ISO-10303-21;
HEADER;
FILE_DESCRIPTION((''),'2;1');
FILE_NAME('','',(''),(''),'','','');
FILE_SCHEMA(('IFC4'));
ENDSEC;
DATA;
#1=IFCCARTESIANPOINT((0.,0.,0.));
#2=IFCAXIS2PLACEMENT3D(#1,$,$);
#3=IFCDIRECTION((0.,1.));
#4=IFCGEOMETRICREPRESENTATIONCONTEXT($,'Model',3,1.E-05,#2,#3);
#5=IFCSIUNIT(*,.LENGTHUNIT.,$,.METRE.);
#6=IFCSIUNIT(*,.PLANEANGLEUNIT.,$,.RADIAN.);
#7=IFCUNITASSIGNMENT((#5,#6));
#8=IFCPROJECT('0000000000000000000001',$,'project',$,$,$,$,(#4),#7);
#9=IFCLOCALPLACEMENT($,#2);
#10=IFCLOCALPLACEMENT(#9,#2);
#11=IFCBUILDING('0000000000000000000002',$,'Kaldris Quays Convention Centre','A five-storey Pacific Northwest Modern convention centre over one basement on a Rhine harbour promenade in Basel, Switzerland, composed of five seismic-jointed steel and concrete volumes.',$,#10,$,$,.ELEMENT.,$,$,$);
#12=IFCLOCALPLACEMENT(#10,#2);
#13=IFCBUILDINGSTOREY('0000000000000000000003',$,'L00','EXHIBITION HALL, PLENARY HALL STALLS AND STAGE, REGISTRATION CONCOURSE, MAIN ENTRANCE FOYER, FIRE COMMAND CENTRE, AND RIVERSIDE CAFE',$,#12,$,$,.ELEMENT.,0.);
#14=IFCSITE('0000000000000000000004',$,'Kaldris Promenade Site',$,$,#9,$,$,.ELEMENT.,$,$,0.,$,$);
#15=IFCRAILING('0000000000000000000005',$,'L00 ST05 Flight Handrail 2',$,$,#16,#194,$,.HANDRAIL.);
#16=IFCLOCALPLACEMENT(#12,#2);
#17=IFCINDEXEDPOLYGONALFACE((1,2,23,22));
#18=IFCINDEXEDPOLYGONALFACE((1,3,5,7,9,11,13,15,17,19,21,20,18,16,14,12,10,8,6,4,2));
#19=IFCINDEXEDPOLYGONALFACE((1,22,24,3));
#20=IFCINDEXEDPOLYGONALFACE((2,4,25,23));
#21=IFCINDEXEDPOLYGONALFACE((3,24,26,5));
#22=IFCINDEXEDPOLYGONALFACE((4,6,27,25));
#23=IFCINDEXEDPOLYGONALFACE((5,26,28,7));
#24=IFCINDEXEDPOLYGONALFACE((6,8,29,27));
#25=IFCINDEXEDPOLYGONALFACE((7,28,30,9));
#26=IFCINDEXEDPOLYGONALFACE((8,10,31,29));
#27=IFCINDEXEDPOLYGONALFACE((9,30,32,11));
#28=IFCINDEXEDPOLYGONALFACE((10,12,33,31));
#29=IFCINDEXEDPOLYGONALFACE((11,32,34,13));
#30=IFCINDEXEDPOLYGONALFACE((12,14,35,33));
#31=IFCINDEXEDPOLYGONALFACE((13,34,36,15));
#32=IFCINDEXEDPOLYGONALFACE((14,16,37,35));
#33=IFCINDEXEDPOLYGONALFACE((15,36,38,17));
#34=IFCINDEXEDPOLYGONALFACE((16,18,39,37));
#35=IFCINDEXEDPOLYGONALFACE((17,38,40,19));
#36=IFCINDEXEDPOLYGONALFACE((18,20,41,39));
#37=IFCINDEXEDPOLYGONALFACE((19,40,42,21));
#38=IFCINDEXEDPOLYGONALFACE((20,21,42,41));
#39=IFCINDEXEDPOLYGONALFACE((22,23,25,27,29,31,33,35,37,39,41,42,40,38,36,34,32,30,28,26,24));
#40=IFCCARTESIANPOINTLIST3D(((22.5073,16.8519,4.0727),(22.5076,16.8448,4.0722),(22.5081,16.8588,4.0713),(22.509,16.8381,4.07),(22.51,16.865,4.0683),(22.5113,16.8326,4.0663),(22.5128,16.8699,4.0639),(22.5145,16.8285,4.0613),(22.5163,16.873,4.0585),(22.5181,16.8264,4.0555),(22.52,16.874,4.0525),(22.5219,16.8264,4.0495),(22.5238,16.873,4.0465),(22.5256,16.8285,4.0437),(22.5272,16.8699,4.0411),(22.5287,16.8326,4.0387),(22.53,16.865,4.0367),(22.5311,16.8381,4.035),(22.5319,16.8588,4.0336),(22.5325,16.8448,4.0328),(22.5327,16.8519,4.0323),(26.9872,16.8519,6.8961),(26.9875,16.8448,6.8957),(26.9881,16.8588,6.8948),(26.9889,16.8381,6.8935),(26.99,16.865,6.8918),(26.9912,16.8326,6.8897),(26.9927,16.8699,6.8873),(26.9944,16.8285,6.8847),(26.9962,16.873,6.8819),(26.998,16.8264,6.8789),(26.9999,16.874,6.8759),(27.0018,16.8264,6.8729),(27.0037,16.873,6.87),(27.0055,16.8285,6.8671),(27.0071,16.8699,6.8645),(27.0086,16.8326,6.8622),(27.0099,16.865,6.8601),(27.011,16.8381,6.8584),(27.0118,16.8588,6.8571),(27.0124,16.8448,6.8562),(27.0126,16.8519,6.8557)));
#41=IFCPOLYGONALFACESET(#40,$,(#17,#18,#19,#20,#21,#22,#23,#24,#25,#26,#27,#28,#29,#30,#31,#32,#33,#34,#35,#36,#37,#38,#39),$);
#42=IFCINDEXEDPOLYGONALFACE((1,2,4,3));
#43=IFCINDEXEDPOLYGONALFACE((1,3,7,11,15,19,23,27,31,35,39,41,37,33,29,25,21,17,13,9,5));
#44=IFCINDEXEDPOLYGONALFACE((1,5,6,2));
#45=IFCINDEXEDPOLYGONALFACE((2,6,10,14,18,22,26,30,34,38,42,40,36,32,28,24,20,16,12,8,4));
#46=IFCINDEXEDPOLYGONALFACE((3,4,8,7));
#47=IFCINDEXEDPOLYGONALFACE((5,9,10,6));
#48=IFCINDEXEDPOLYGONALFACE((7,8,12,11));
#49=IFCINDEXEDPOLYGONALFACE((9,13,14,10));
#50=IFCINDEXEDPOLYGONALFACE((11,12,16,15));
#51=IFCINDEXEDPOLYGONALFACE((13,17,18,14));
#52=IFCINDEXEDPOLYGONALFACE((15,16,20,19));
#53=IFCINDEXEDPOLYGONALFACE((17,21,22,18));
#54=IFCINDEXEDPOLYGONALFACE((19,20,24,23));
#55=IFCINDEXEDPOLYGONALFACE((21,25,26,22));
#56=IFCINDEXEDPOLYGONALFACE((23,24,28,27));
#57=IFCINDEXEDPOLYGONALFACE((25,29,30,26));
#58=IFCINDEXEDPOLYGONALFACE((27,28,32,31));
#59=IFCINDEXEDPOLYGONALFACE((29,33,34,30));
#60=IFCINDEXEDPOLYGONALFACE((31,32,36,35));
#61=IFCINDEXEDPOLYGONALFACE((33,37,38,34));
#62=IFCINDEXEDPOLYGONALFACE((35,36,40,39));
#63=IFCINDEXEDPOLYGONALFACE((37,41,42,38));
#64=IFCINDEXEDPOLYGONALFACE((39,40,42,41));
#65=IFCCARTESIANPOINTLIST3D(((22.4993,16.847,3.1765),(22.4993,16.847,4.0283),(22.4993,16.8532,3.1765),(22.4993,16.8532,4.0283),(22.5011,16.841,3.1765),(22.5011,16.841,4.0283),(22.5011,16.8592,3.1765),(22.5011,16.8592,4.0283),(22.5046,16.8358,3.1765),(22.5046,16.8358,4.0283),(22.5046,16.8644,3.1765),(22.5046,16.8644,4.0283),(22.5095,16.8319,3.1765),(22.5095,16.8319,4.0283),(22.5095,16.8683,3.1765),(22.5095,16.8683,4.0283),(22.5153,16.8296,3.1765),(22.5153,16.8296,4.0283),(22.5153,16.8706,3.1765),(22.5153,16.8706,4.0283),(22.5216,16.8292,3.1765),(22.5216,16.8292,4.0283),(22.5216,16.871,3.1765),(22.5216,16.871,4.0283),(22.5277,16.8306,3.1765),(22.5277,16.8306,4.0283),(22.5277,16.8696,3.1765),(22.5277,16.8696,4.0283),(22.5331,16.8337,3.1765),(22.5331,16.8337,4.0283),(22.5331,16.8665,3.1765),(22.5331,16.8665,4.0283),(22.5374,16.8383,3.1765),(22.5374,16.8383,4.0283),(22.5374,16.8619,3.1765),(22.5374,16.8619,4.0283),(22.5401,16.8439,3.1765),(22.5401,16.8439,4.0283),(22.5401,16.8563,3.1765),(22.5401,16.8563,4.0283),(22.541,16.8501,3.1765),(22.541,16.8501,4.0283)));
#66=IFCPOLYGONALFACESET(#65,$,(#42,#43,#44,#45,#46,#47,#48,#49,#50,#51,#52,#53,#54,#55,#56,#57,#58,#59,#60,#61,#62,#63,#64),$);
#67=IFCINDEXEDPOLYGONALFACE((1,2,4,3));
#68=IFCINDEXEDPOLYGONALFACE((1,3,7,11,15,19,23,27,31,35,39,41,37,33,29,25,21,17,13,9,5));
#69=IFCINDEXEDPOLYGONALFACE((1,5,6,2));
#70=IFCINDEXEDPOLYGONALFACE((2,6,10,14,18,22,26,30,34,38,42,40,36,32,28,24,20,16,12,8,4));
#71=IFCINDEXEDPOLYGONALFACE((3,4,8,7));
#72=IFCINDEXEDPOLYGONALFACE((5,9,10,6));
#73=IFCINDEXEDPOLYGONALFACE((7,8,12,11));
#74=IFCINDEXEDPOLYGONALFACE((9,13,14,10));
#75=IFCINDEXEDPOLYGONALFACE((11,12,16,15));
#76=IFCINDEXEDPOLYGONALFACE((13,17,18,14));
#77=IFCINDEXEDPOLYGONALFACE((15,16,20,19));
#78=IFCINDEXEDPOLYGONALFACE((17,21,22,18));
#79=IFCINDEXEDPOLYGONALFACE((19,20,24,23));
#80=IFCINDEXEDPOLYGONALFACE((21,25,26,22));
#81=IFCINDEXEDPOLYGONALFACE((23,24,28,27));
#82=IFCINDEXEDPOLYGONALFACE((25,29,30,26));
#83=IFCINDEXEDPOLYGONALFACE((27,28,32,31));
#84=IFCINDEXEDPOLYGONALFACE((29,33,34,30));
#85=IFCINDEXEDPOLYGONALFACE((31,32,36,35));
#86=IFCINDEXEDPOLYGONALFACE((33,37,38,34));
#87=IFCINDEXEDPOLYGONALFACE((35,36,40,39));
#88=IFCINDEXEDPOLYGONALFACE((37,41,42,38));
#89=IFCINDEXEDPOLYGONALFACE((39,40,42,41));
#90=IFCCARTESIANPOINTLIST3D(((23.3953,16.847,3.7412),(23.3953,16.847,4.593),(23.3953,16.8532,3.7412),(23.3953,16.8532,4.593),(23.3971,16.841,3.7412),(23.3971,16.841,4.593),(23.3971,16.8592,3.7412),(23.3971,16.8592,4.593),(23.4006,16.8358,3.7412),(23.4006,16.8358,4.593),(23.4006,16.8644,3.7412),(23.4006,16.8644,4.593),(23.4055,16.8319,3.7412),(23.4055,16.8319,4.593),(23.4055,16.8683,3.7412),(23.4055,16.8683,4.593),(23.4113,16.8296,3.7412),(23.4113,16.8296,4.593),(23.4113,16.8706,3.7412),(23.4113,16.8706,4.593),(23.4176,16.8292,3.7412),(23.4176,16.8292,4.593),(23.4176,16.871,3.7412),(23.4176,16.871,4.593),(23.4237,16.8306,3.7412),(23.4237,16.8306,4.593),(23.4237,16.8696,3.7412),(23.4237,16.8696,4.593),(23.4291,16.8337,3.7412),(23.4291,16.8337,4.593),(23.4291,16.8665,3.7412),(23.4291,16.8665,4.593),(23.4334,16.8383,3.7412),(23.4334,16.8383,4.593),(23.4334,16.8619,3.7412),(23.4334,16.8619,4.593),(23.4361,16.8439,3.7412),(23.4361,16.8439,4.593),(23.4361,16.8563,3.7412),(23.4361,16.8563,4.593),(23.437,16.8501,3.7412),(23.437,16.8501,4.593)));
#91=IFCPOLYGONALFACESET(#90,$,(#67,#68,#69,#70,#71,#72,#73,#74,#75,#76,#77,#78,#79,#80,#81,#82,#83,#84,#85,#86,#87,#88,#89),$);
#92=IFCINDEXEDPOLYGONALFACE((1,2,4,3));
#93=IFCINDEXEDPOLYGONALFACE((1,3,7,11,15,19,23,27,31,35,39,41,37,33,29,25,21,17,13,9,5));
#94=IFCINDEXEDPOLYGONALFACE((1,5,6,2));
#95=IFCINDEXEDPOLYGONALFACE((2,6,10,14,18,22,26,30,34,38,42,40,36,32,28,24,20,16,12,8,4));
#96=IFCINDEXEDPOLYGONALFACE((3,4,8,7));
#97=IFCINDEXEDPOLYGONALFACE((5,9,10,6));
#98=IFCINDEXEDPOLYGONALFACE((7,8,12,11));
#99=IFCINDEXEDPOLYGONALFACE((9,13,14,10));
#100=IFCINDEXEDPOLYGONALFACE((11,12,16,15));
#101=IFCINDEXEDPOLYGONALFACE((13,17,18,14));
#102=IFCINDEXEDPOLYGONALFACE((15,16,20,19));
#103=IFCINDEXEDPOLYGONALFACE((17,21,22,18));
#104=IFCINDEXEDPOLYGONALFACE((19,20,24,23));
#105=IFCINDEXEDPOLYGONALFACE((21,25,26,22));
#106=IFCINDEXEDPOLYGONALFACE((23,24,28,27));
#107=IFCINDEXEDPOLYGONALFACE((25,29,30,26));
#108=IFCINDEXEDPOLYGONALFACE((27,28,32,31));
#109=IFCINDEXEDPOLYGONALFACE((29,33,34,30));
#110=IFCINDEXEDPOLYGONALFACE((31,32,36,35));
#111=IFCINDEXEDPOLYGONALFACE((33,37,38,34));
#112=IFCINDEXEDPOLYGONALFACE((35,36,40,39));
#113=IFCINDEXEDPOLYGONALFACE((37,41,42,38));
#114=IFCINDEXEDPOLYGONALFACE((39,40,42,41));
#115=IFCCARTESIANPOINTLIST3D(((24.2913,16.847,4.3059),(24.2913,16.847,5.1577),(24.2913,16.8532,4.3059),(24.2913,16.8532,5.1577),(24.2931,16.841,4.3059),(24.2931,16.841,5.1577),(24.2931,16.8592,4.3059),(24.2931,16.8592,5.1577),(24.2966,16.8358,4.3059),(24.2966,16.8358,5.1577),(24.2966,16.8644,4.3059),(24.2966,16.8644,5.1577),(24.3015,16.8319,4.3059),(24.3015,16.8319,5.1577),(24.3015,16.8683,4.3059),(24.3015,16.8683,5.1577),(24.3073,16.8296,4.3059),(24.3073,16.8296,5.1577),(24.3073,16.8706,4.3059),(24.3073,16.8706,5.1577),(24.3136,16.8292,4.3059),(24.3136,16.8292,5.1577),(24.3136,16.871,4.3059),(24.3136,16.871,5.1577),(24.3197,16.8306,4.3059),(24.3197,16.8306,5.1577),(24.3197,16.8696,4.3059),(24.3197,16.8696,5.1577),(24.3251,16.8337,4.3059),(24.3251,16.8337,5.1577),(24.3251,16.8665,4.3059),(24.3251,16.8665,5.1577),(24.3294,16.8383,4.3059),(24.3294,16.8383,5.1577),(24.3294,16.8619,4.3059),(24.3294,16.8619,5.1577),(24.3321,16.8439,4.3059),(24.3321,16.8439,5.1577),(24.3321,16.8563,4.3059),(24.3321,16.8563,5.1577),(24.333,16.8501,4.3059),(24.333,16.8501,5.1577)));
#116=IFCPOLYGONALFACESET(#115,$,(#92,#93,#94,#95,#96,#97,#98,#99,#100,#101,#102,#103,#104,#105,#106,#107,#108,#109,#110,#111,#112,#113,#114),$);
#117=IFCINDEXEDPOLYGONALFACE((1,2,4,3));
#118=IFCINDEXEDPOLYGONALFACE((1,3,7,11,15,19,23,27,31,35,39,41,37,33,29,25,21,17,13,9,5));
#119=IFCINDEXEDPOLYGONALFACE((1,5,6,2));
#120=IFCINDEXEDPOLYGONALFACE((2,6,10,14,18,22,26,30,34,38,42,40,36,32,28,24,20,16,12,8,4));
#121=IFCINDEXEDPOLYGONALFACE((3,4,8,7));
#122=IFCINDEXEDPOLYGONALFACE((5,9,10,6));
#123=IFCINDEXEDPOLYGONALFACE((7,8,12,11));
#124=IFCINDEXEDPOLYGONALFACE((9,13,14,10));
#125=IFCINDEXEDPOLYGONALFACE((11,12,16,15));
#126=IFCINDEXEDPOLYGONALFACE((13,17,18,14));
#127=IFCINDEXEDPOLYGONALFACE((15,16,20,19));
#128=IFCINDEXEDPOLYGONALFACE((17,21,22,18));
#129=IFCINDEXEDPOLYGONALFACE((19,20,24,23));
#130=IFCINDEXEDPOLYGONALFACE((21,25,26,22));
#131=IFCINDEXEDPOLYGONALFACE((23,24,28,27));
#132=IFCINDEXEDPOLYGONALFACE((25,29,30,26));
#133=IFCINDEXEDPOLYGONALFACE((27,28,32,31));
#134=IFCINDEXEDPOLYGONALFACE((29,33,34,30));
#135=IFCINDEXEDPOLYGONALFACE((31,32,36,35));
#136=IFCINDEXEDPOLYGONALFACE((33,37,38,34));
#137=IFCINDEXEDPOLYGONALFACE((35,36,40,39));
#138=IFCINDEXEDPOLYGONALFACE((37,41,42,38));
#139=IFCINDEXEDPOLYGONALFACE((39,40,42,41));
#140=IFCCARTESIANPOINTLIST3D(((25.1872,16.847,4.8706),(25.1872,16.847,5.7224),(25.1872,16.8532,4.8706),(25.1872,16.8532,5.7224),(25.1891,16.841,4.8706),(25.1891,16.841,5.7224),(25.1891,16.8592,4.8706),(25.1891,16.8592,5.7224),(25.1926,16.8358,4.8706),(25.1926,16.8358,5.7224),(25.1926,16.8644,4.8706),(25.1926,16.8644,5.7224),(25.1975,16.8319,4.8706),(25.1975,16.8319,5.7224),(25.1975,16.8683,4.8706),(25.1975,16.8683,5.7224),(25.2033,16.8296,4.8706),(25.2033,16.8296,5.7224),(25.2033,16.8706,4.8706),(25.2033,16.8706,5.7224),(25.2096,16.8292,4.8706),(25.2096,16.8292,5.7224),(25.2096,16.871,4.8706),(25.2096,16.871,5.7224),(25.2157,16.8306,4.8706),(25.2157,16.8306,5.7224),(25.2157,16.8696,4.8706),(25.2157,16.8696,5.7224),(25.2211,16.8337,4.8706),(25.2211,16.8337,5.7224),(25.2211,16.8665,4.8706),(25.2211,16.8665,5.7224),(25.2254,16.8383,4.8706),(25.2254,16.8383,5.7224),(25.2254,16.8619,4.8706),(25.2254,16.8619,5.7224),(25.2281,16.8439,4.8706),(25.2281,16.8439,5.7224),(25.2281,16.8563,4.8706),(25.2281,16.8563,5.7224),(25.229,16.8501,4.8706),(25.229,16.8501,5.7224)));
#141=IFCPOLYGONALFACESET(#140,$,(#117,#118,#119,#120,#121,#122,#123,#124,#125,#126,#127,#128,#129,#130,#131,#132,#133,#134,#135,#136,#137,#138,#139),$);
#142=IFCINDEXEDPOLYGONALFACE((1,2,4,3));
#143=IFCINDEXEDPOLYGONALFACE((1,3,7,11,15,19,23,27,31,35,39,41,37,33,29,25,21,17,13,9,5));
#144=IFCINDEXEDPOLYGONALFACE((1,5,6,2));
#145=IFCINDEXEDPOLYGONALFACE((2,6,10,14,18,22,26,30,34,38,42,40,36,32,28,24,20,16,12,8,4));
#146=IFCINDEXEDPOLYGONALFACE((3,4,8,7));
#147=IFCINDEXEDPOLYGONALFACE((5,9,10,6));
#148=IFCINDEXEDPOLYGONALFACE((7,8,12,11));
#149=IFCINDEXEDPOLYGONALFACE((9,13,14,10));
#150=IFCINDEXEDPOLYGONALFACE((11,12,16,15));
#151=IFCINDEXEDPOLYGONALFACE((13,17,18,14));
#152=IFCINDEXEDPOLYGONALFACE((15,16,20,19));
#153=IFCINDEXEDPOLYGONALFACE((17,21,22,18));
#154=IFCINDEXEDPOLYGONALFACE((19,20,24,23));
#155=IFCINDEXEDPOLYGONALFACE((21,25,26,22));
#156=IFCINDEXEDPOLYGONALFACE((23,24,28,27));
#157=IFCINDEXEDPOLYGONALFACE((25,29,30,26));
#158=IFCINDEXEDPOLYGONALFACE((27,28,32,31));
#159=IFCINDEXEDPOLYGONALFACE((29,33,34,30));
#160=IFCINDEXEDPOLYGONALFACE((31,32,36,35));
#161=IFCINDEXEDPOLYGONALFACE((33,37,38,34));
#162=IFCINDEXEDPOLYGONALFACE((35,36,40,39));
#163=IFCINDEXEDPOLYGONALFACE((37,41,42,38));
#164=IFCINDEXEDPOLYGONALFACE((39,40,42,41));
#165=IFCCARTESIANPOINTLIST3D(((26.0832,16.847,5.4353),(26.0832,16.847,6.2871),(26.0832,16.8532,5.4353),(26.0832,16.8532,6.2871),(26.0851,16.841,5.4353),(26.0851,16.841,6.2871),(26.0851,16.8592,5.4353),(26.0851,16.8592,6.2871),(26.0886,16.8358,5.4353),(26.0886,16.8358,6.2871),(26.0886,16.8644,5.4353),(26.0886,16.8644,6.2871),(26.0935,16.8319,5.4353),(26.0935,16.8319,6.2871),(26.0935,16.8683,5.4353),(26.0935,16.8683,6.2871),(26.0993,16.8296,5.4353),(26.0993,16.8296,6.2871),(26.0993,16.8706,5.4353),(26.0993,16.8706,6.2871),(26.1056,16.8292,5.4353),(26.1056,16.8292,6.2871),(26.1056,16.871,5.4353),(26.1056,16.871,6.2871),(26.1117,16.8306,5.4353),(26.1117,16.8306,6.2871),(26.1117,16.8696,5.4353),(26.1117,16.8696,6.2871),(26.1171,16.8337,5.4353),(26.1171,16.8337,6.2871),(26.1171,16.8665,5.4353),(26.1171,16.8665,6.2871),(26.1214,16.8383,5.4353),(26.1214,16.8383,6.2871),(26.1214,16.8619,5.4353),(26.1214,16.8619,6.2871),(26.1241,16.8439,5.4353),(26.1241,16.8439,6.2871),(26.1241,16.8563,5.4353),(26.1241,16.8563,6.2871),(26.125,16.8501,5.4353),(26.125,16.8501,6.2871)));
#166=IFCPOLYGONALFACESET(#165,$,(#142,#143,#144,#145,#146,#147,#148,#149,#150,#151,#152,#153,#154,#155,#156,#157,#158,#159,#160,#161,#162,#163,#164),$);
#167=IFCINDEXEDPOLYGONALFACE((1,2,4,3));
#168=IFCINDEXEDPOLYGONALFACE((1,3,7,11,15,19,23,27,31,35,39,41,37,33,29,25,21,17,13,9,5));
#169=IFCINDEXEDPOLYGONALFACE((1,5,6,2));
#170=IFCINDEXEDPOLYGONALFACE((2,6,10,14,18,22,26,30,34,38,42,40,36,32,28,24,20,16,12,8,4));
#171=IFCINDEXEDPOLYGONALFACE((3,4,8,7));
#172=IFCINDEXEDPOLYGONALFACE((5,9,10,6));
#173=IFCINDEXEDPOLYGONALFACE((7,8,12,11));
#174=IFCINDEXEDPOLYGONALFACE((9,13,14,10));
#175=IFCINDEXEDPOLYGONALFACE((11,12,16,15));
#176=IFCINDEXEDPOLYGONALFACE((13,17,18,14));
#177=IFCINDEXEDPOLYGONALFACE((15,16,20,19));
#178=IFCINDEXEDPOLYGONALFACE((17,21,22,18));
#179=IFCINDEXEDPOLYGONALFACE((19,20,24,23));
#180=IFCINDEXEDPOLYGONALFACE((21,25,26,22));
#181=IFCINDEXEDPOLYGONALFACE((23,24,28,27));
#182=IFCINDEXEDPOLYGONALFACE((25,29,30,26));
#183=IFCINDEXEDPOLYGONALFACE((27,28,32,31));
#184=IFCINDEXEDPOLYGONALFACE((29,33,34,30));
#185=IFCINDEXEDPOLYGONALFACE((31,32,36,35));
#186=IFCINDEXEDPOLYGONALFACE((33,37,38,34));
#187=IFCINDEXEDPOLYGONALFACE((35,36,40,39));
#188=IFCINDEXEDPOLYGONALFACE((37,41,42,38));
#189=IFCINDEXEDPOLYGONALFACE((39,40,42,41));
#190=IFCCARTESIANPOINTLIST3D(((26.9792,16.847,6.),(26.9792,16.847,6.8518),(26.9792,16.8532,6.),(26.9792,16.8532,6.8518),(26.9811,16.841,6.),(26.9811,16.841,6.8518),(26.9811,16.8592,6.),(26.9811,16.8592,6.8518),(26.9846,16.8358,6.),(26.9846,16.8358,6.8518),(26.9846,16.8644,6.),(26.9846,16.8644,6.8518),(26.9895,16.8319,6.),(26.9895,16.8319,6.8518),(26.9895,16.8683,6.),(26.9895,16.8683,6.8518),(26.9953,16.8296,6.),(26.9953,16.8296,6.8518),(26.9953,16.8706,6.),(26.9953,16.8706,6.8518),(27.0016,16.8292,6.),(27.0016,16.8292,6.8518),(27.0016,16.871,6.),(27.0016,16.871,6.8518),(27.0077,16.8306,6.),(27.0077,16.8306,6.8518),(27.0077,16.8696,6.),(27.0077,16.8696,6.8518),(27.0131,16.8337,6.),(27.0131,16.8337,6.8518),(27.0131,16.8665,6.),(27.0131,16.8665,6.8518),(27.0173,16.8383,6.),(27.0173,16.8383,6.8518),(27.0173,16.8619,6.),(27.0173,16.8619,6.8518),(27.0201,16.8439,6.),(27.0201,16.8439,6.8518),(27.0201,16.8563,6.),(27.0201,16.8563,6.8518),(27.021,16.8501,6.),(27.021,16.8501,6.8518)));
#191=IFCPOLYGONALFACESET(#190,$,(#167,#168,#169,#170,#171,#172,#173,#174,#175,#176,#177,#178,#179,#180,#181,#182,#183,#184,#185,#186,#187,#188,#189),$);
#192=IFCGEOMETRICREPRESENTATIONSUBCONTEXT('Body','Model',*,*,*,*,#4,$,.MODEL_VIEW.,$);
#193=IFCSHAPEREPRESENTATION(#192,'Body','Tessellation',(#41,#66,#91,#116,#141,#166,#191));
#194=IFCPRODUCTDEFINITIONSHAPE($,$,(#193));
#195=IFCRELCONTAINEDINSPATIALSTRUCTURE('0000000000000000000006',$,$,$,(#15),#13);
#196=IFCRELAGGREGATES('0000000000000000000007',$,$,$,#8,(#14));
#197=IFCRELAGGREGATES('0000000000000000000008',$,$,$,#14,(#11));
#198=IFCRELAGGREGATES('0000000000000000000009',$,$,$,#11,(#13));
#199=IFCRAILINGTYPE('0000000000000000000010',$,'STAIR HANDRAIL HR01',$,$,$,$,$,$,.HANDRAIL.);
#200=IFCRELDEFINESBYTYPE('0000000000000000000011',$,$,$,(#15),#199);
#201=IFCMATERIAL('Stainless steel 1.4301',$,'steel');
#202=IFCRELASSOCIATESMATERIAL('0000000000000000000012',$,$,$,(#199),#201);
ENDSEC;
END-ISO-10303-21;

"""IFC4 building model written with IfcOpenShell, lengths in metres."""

from ifc_helpers import new_model, si_unit, direction, frame, origin, origin_2d, place, context, subcontext, project, spatial, circle, extrude, material, type_object, element, save


model = new_model("IFC4")

# Units and contexts
model_context = context("Model", 3, precision=1e-05, world=origin(), true_north=direction((0.0, 1.0)))
body_context = subcontext(model_context, "Body", "Model", "MODEL_VIEW")
ifc_project = project(units=[si_unit("LENGTHUNIT", "METRE"), si_unit("PLANEANGLEUNIT", "RADIAN")], contexts=[model_context])

# Site, building, storey
site_placement = place(None, origin())
site = spatial("IfcSite", under=ifc_project, at=site_placement, Name="Kaldris Promenade Site", CompositionType="ELEMENT", RefElevation=0.0)
building_placement = place(site_placement, origin())
building = spatial("IfcBuilding", under=site, at=building_placement, Name="Kaldris Quays Convention Centre", Description="A five-storey Pacific Northwest Modern convention centre over one basement on a Rhine harbour promenade in Basel, Switzerland, composed of five seismic-jointed steel and concrete volumes.", CompositionType="ELEMENT")
storey_placement = place(building_placement, origin())
storey = spatial("IfcBuildingStorey", under=building, at=storey_placement, Name="L00", Description="EXHIBITION HALL, PLENARY HALL STALLS AND STAGE, REGISTRATION CONCOURSE, MAIN ENTRANCE FOYER, FIRE COMMAND CENTRE, AND RIVERSIDE CAFE", CompositionType="ELEMENT", Elevation=0.0)

# Railing
ifc_material_1 = material(Name="Stainless steel 1.4301", Category="steel")
railing_type_1 = type_object("IfcRailingType", Name="STAIR HANDRAIL HR01", PredefinedType="HANDRAIL", material=ifc_material_1)
railing_1_placement = place(storey_placement, frame((22.52, 16.8501, 3.1765)))
element("IfcRailing", 1, at=railing_1_placement, inside=storey, type_object=railing_type_1, Name="L00 ST05 Flight Handrail 2", PredefinedType="HANDRAIL", context=body_context, shape_type="SweptSolid", body=[
    extrude(circle(Radius=0.0239, at=origin_2d()), frame((0.0, 0.0, 0.876), z_axis=(0.845998, 0.0, 0.533186), x_axis=(0.0, 1.0, 0.0)), (0.0, 0.0, 1.0), 5.2954),
    extrude(circle(Radius=0.021, at=origin_2d()), origin(), (0.0, 0.0, 1.0), 0.8518),
    extrude(circle(Radius=0.021, at=origin_2d()), frame((0.896, 0.0, 0.5647)), (0.0, 0.0, 1.0), 0.8518),
    extrude(circle(Radius=0.021, at=origin_2d()), frame((1.792, 0.0, 1.1294)), (0.0, 0.0, 1.0), 0.8518),
    extrude(circle(Radius=0.021, at=origin_2d()), frame((2.688, 0.0, 1.6941)), (0.0, 0.0, 1.0), 0.8518),
    extrude(circle(Radius=0.021, at=origin_2d()), frame((3.584, 0.0, 2.2588)), (0.0, 0.0, 1.0), 0.8518),
    extrude(circle(Radius=0.021, at=origin_2d()), frame((4.48, 0.0, 2.8235)), (0.0, 0.0, 1.0), 0.8518),
])

save(model, "model.ifc")
